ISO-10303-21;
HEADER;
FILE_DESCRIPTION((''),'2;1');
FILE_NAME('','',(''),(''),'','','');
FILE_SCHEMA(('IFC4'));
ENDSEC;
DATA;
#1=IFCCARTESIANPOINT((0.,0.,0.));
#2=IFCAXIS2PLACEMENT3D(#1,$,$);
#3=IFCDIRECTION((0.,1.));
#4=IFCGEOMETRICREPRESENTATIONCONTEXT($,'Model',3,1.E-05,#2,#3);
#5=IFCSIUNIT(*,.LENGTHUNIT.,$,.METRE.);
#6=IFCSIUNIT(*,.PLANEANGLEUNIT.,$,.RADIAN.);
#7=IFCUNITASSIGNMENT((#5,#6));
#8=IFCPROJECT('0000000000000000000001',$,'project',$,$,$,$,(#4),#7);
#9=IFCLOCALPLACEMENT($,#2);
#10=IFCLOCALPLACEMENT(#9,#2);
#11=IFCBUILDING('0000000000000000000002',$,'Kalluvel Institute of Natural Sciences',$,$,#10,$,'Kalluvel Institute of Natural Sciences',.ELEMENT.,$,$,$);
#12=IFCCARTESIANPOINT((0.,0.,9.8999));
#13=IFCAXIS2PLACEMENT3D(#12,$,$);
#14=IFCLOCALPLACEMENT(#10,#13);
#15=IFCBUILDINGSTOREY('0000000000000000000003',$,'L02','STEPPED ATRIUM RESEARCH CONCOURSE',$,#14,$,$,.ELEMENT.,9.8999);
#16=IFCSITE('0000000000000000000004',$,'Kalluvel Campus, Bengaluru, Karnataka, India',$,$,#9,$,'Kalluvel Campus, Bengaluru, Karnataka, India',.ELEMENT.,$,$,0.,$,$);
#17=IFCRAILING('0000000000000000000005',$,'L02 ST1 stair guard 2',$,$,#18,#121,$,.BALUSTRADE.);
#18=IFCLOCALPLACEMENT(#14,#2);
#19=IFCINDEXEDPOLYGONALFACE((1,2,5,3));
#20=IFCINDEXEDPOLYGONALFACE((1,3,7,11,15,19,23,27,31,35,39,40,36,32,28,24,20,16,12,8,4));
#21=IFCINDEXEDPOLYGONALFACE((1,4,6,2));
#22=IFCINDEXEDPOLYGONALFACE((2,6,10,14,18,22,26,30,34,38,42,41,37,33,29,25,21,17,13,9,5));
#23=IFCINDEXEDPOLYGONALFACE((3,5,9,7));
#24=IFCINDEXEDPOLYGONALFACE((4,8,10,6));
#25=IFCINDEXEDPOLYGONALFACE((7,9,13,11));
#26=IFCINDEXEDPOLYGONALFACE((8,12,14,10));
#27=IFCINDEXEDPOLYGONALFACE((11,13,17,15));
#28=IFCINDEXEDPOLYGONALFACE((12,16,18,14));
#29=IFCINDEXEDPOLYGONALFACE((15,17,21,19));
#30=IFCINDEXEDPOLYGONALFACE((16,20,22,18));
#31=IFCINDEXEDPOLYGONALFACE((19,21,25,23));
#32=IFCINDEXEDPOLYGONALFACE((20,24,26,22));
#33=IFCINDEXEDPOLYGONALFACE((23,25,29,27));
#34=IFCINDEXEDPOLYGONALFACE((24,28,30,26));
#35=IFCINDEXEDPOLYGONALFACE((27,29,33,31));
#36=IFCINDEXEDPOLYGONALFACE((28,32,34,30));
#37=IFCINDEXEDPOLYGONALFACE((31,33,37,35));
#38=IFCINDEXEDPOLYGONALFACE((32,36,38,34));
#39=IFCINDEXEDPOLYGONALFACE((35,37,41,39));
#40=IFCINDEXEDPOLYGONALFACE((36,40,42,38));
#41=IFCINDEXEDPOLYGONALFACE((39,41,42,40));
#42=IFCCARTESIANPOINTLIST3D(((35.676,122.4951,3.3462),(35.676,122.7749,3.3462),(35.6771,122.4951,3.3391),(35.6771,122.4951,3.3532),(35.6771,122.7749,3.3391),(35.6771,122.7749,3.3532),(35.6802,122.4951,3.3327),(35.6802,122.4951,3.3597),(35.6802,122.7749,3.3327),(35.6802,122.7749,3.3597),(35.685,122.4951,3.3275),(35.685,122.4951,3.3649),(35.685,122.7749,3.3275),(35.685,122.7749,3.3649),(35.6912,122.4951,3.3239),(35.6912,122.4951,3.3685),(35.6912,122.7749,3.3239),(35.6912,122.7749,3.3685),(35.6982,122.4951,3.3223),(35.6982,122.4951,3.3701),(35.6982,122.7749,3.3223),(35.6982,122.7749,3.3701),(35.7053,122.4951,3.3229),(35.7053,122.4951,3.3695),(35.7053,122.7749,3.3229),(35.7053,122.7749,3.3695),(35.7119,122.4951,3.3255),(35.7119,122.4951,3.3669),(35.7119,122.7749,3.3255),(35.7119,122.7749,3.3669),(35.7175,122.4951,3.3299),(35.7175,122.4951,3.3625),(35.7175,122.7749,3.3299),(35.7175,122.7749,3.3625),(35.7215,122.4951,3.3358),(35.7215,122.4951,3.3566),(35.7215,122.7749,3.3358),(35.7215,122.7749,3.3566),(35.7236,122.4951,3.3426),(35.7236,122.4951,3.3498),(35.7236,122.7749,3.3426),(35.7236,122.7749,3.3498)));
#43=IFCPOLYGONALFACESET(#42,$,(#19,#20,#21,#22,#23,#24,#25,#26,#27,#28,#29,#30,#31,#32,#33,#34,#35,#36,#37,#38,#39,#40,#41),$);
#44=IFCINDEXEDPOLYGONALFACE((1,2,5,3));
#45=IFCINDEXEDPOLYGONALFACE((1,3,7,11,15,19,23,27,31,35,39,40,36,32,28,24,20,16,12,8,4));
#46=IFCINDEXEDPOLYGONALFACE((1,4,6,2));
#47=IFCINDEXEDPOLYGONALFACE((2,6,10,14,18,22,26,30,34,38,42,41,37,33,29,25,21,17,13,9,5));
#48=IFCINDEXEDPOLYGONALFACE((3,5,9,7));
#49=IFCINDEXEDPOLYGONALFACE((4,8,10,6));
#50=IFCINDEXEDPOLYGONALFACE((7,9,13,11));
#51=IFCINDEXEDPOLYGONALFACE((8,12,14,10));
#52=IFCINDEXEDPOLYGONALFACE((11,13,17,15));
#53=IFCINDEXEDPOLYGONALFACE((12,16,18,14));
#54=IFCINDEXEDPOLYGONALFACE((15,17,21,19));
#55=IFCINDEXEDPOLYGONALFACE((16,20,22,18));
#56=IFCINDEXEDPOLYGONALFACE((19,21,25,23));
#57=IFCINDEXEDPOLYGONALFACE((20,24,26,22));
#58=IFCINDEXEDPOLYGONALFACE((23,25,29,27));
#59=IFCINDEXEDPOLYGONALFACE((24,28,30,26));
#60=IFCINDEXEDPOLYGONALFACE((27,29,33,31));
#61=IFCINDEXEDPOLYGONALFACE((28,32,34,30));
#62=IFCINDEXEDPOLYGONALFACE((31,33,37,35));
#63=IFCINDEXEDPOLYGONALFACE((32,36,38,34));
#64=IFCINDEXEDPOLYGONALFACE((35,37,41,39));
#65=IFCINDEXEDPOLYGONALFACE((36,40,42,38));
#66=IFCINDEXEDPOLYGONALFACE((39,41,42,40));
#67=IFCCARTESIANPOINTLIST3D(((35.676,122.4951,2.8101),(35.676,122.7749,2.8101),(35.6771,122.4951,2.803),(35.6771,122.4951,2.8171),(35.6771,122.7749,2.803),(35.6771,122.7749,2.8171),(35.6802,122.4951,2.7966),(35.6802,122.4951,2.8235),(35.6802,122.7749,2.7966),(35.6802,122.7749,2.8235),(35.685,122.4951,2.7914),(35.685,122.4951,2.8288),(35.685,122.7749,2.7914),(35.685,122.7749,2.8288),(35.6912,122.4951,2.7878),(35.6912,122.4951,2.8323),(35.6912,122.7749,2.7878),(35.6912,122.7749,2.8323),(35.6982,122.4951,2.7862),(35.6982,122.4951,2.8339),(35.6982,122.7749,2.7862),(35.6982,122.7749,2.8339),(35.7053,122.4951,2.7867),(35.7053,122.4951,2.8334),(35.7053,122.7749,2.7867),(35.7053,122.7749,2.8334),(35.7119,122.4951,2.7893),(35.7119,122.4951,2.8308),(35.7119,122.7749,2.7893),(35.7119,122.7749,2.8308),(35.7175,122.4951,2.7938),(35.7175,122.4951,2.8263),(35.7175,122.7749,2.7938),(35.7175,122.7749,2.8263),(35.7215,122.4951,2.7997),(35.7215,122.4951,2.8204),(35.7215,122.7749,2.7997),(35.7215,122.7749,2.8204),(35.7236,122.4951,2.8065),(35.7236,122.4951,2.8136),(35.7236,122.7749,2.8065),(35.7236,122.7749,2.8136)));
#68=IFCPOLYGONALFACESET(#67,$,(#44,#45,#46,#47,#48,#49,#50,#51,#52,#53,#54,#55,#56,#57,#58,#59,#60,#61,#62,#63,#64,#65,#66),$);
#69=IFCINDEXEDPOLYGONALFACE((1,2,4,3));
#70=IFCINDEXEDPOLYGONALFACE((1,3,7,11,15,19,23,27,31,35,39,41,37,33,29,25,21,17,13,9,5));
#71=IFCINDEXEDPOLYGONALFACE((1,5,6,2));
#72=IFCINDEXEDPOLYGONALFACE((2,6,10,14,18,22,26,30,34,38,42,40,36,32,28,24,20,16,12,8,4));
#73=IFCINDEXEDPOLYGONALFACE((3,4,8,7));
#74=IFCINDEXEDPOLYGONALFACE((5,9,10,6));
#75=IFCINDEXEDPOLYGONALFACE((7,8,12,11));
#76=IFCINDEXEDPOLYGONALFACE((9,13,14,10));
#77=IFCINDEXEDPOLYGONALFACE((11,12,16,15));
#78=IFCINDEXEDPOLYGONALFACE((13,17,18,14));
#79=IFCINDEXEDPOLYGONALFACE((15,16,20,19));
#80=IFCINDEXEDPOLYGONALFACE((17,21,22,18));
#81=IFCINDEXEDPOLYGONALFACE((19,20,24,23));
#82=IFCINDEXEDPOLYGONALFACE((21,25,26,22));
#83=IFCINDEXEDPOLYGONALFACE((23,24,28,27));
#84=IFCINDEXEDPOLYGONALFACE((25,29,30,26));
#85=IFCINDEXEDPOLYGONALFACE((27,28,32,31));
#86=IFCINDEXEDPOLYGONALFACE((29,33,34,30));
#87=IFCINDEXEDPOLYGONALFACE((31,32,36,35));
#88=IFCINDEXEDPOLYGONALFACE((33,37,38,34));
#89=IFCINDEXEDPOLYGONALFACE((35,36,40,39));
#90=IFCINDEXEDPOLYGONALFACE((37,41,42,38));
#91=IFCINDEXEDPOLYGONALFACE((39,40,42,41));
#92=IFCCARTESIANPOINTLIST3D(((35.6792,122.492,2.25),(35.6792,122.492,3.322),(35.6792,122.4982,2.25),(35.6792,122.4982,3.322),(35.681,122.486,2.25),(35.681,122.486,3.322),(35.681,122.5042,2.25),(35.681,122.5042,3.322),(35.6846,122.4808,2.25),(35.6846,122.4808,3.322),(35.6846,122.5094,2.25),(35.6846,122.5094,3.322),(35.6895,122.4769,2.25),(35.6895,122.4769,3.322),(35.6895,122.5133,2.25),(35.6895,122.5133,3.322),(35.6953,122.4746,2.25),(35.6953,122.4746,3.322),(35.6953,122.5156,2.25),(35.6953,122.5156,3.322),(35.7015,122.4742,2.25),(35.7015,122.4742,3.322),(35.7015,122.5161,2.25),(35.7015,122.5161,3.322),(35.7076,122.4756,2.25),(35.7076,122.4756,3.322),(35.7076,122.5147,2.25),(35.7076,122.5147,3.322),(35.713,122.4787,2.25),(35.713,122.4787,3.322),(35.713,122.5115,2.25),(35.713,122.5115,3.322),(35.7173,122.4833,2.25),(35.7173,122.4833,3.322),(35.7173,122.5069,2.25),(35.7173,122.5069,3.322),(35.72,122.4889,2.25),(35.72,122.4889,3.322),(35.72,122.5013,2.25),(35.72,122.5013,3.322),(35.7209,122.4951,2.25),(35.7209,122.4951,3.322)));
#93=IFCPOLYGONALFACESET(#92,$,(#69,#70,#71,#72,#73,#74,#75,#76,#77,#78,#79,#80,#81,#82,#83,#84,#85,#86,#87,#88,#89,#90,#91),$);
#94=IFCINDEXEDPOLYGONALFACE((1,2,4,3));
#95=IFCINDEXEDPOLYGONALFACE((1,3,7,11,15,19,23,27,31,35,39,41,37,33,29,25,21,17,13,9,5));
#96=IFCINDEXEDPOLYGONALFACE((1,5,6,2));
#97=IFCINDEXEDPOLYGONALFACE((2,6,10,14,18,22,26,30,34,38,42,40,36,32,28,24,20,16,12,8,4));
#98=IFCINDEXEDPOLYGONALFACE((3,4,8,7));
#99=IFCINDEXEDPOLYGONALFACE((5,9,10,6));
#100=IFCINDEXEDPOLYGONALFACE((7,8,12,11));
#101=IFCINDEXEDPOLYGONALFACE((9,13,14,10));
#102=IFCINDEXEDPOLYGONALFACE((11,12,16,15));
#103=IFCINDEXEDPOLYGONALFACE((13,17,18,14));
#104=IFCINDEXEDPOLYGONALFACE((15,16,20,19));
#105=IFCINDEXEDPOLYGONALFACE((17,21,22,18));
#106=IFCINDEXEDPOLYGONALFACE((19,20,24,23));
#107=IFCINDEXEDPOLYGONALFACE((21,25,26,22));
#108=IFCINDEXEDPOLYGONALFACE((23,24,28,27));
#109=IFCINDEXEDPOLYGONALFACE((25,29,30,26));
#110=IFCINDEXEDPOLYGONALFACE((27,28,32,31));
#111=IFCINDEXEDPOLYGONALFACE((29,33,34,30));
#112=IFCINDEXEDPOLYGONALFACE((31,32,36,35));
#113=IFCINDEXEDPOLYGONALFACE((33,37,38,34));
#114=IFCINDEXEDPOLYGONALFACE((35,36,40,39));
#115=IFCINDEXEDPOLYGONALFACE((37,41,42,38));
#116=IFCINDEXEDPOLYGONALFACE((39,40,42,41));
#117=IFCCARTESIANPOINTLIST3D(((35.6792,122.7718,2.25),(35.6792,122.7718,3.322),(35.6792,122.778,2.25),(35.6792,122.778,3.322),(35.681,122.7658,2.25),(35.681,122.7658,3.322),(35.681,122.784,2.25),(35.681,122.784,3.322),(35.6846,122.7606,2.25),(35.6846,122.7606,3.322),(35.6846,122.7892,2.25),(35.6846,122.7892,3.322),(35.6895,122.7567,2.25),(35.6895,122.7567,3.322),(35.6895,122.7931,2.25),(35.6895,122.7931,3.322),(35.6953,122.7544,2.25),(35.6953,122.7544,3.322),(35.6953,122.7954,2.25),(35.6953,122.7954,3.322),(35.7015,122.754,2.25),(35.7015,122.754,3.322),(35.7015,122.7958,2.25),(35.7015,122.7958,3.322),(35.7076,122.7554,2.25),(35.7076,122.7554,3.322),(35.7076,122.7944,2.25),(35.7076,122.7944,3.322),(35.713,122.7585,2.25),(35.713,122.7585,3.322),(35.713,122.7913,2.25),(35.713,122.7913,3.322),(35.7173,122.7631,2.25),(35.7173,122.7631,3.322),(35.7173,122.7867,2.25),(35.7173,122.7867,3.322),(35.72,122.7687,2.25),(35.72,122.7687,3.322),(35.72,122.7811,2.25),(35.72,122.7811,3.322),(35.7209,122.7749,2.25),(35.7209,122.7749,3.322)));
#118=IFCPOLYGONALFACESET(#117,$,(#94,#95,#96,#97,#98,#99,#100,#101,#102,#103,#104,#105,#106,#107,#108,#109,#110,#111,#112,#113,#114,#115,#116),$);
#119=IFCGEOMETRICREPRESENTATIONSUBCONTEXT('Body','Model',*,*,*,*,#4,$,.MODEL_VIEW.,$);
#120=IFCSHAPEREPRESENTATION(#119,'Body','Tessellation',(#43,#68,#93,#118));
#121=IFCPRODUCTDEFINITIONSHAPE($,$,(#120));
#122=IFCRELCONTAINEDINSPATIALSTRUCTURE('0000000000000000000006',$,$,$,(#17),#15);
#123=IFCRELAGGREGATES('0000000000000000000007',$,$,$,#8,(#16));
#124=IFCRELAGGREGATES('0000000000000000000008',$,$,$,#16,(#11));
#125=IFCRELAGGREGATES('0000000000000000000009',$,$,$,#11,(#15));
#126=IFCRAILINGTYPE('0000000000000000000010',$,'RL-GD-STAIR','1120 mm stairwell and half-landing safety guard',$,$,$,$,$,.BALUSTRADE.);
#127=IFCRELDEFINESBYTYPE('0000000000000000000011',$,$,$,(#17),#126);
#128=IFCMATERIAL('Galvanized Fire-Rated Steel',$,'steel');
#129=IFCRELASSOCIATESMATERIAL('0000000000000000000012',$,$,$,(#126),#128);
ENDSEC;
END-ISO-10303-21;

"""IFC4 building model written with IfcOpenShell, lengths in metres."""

from ifc_helpers import new_model, si_unit, direction, frame, origin, origin_2d, place, context, subcontext, project, spatial, circle, extrude, material, type_object, element, save


model = new_model("IFC4")

# Units and contexts
model_context = context("Model", 3, precision=1e-05, world=origin(), true_north=direction((0.0, 1.0)))
body_context = subcontext(model_context, "Body", "Model", "MODEL_VIEW")
ifc_project = project(units=[si_unit("LENGTHUNIT", "METRE"), si_unit("PLANEANGLEUNIT", "RADIAN")], contexts=[model_context])

# Site, building, storey
site_placement = place(None, origin())
site = spatial("IfcSite", under=ifc_project, at=site_placement, Name="Kalluvel Campus, Bengaluru, Karnataka, India", LongName="Kalluvel Campus, Bengaluru, Karnataka, India", CompositionType="ELEMENT", RefElevation=0.0)
building_placement = place(site_placement, origin())
building = spatial("IfcBuilding", under=site, at=building_placement, Name="Kalluvel Institute of Natural Sciences", LongName="Kalluvel Institute of Natural Sciences", CompositionType="ELEMENT")
storey_placement = place(building_placement, frame((0.0, 0.0, 9.8999)))
storey = spatial("IfcBuildingStorey", under=building, at=storey_placement, Name="L02", Description="STEPPED ATRIUM RESEARCH CONCOURSE", CompositionType="ELEMENT", Elevation=9.8999)

# Shared definitions
ifc_material_1 = material(Name="Galvanized Fire-Rated Steel", Category="steel")

# Railing
railing_type_1 = type_object("IfcRailingType", Name="RL-GD-STAIR", Description="1120 mm stairwell and half-landing safety guard", PredefinedType="BALUSTRADE", material=ifc_material_1)
railing_1_placement = place(storey_placement, frame((35.7, 122.4951, 2.25)))
element("IfcRailing", 1, at=railing_1_placement, inside=storey, type_object=railing_type_1, Name="L02 ST1 stair guard 2", PredefinedType="BALUSTRADE", context=body_context, shape_type="SweptSolid", body=[
    extrude(circle(Radius=0.0239, at=origin_2d()), frame((0.0, 0.0, 1.0962), z_axis=(0.0, 1.0, 0.0), x_axis=(-1.0, 0.0, 0.0)), (0.0, 0.0, 1.0), 0.2798),
    extrude(circle(Radius=0.0239, at=origin_2d()), frame((0.0, 0.0, 0.5601), z_axis=(0.0, 1.0, 0.0), x_axis=(-1.0, 0.0, 0.0)), (0.0, 0.0, 1.0), 0.2798),
    extrude(circle(Radius=0.021, at=origin_2d()), origin(), (0.0, 0.0, 1.0), 1.072),
    extrude(circle(Radius=0.021, at=origin_2d()), frame((0.0, 0.2798, 0.0)), (0.0, 0.0, 1.0), 1.072),
])

save(model, "model.ifc")
